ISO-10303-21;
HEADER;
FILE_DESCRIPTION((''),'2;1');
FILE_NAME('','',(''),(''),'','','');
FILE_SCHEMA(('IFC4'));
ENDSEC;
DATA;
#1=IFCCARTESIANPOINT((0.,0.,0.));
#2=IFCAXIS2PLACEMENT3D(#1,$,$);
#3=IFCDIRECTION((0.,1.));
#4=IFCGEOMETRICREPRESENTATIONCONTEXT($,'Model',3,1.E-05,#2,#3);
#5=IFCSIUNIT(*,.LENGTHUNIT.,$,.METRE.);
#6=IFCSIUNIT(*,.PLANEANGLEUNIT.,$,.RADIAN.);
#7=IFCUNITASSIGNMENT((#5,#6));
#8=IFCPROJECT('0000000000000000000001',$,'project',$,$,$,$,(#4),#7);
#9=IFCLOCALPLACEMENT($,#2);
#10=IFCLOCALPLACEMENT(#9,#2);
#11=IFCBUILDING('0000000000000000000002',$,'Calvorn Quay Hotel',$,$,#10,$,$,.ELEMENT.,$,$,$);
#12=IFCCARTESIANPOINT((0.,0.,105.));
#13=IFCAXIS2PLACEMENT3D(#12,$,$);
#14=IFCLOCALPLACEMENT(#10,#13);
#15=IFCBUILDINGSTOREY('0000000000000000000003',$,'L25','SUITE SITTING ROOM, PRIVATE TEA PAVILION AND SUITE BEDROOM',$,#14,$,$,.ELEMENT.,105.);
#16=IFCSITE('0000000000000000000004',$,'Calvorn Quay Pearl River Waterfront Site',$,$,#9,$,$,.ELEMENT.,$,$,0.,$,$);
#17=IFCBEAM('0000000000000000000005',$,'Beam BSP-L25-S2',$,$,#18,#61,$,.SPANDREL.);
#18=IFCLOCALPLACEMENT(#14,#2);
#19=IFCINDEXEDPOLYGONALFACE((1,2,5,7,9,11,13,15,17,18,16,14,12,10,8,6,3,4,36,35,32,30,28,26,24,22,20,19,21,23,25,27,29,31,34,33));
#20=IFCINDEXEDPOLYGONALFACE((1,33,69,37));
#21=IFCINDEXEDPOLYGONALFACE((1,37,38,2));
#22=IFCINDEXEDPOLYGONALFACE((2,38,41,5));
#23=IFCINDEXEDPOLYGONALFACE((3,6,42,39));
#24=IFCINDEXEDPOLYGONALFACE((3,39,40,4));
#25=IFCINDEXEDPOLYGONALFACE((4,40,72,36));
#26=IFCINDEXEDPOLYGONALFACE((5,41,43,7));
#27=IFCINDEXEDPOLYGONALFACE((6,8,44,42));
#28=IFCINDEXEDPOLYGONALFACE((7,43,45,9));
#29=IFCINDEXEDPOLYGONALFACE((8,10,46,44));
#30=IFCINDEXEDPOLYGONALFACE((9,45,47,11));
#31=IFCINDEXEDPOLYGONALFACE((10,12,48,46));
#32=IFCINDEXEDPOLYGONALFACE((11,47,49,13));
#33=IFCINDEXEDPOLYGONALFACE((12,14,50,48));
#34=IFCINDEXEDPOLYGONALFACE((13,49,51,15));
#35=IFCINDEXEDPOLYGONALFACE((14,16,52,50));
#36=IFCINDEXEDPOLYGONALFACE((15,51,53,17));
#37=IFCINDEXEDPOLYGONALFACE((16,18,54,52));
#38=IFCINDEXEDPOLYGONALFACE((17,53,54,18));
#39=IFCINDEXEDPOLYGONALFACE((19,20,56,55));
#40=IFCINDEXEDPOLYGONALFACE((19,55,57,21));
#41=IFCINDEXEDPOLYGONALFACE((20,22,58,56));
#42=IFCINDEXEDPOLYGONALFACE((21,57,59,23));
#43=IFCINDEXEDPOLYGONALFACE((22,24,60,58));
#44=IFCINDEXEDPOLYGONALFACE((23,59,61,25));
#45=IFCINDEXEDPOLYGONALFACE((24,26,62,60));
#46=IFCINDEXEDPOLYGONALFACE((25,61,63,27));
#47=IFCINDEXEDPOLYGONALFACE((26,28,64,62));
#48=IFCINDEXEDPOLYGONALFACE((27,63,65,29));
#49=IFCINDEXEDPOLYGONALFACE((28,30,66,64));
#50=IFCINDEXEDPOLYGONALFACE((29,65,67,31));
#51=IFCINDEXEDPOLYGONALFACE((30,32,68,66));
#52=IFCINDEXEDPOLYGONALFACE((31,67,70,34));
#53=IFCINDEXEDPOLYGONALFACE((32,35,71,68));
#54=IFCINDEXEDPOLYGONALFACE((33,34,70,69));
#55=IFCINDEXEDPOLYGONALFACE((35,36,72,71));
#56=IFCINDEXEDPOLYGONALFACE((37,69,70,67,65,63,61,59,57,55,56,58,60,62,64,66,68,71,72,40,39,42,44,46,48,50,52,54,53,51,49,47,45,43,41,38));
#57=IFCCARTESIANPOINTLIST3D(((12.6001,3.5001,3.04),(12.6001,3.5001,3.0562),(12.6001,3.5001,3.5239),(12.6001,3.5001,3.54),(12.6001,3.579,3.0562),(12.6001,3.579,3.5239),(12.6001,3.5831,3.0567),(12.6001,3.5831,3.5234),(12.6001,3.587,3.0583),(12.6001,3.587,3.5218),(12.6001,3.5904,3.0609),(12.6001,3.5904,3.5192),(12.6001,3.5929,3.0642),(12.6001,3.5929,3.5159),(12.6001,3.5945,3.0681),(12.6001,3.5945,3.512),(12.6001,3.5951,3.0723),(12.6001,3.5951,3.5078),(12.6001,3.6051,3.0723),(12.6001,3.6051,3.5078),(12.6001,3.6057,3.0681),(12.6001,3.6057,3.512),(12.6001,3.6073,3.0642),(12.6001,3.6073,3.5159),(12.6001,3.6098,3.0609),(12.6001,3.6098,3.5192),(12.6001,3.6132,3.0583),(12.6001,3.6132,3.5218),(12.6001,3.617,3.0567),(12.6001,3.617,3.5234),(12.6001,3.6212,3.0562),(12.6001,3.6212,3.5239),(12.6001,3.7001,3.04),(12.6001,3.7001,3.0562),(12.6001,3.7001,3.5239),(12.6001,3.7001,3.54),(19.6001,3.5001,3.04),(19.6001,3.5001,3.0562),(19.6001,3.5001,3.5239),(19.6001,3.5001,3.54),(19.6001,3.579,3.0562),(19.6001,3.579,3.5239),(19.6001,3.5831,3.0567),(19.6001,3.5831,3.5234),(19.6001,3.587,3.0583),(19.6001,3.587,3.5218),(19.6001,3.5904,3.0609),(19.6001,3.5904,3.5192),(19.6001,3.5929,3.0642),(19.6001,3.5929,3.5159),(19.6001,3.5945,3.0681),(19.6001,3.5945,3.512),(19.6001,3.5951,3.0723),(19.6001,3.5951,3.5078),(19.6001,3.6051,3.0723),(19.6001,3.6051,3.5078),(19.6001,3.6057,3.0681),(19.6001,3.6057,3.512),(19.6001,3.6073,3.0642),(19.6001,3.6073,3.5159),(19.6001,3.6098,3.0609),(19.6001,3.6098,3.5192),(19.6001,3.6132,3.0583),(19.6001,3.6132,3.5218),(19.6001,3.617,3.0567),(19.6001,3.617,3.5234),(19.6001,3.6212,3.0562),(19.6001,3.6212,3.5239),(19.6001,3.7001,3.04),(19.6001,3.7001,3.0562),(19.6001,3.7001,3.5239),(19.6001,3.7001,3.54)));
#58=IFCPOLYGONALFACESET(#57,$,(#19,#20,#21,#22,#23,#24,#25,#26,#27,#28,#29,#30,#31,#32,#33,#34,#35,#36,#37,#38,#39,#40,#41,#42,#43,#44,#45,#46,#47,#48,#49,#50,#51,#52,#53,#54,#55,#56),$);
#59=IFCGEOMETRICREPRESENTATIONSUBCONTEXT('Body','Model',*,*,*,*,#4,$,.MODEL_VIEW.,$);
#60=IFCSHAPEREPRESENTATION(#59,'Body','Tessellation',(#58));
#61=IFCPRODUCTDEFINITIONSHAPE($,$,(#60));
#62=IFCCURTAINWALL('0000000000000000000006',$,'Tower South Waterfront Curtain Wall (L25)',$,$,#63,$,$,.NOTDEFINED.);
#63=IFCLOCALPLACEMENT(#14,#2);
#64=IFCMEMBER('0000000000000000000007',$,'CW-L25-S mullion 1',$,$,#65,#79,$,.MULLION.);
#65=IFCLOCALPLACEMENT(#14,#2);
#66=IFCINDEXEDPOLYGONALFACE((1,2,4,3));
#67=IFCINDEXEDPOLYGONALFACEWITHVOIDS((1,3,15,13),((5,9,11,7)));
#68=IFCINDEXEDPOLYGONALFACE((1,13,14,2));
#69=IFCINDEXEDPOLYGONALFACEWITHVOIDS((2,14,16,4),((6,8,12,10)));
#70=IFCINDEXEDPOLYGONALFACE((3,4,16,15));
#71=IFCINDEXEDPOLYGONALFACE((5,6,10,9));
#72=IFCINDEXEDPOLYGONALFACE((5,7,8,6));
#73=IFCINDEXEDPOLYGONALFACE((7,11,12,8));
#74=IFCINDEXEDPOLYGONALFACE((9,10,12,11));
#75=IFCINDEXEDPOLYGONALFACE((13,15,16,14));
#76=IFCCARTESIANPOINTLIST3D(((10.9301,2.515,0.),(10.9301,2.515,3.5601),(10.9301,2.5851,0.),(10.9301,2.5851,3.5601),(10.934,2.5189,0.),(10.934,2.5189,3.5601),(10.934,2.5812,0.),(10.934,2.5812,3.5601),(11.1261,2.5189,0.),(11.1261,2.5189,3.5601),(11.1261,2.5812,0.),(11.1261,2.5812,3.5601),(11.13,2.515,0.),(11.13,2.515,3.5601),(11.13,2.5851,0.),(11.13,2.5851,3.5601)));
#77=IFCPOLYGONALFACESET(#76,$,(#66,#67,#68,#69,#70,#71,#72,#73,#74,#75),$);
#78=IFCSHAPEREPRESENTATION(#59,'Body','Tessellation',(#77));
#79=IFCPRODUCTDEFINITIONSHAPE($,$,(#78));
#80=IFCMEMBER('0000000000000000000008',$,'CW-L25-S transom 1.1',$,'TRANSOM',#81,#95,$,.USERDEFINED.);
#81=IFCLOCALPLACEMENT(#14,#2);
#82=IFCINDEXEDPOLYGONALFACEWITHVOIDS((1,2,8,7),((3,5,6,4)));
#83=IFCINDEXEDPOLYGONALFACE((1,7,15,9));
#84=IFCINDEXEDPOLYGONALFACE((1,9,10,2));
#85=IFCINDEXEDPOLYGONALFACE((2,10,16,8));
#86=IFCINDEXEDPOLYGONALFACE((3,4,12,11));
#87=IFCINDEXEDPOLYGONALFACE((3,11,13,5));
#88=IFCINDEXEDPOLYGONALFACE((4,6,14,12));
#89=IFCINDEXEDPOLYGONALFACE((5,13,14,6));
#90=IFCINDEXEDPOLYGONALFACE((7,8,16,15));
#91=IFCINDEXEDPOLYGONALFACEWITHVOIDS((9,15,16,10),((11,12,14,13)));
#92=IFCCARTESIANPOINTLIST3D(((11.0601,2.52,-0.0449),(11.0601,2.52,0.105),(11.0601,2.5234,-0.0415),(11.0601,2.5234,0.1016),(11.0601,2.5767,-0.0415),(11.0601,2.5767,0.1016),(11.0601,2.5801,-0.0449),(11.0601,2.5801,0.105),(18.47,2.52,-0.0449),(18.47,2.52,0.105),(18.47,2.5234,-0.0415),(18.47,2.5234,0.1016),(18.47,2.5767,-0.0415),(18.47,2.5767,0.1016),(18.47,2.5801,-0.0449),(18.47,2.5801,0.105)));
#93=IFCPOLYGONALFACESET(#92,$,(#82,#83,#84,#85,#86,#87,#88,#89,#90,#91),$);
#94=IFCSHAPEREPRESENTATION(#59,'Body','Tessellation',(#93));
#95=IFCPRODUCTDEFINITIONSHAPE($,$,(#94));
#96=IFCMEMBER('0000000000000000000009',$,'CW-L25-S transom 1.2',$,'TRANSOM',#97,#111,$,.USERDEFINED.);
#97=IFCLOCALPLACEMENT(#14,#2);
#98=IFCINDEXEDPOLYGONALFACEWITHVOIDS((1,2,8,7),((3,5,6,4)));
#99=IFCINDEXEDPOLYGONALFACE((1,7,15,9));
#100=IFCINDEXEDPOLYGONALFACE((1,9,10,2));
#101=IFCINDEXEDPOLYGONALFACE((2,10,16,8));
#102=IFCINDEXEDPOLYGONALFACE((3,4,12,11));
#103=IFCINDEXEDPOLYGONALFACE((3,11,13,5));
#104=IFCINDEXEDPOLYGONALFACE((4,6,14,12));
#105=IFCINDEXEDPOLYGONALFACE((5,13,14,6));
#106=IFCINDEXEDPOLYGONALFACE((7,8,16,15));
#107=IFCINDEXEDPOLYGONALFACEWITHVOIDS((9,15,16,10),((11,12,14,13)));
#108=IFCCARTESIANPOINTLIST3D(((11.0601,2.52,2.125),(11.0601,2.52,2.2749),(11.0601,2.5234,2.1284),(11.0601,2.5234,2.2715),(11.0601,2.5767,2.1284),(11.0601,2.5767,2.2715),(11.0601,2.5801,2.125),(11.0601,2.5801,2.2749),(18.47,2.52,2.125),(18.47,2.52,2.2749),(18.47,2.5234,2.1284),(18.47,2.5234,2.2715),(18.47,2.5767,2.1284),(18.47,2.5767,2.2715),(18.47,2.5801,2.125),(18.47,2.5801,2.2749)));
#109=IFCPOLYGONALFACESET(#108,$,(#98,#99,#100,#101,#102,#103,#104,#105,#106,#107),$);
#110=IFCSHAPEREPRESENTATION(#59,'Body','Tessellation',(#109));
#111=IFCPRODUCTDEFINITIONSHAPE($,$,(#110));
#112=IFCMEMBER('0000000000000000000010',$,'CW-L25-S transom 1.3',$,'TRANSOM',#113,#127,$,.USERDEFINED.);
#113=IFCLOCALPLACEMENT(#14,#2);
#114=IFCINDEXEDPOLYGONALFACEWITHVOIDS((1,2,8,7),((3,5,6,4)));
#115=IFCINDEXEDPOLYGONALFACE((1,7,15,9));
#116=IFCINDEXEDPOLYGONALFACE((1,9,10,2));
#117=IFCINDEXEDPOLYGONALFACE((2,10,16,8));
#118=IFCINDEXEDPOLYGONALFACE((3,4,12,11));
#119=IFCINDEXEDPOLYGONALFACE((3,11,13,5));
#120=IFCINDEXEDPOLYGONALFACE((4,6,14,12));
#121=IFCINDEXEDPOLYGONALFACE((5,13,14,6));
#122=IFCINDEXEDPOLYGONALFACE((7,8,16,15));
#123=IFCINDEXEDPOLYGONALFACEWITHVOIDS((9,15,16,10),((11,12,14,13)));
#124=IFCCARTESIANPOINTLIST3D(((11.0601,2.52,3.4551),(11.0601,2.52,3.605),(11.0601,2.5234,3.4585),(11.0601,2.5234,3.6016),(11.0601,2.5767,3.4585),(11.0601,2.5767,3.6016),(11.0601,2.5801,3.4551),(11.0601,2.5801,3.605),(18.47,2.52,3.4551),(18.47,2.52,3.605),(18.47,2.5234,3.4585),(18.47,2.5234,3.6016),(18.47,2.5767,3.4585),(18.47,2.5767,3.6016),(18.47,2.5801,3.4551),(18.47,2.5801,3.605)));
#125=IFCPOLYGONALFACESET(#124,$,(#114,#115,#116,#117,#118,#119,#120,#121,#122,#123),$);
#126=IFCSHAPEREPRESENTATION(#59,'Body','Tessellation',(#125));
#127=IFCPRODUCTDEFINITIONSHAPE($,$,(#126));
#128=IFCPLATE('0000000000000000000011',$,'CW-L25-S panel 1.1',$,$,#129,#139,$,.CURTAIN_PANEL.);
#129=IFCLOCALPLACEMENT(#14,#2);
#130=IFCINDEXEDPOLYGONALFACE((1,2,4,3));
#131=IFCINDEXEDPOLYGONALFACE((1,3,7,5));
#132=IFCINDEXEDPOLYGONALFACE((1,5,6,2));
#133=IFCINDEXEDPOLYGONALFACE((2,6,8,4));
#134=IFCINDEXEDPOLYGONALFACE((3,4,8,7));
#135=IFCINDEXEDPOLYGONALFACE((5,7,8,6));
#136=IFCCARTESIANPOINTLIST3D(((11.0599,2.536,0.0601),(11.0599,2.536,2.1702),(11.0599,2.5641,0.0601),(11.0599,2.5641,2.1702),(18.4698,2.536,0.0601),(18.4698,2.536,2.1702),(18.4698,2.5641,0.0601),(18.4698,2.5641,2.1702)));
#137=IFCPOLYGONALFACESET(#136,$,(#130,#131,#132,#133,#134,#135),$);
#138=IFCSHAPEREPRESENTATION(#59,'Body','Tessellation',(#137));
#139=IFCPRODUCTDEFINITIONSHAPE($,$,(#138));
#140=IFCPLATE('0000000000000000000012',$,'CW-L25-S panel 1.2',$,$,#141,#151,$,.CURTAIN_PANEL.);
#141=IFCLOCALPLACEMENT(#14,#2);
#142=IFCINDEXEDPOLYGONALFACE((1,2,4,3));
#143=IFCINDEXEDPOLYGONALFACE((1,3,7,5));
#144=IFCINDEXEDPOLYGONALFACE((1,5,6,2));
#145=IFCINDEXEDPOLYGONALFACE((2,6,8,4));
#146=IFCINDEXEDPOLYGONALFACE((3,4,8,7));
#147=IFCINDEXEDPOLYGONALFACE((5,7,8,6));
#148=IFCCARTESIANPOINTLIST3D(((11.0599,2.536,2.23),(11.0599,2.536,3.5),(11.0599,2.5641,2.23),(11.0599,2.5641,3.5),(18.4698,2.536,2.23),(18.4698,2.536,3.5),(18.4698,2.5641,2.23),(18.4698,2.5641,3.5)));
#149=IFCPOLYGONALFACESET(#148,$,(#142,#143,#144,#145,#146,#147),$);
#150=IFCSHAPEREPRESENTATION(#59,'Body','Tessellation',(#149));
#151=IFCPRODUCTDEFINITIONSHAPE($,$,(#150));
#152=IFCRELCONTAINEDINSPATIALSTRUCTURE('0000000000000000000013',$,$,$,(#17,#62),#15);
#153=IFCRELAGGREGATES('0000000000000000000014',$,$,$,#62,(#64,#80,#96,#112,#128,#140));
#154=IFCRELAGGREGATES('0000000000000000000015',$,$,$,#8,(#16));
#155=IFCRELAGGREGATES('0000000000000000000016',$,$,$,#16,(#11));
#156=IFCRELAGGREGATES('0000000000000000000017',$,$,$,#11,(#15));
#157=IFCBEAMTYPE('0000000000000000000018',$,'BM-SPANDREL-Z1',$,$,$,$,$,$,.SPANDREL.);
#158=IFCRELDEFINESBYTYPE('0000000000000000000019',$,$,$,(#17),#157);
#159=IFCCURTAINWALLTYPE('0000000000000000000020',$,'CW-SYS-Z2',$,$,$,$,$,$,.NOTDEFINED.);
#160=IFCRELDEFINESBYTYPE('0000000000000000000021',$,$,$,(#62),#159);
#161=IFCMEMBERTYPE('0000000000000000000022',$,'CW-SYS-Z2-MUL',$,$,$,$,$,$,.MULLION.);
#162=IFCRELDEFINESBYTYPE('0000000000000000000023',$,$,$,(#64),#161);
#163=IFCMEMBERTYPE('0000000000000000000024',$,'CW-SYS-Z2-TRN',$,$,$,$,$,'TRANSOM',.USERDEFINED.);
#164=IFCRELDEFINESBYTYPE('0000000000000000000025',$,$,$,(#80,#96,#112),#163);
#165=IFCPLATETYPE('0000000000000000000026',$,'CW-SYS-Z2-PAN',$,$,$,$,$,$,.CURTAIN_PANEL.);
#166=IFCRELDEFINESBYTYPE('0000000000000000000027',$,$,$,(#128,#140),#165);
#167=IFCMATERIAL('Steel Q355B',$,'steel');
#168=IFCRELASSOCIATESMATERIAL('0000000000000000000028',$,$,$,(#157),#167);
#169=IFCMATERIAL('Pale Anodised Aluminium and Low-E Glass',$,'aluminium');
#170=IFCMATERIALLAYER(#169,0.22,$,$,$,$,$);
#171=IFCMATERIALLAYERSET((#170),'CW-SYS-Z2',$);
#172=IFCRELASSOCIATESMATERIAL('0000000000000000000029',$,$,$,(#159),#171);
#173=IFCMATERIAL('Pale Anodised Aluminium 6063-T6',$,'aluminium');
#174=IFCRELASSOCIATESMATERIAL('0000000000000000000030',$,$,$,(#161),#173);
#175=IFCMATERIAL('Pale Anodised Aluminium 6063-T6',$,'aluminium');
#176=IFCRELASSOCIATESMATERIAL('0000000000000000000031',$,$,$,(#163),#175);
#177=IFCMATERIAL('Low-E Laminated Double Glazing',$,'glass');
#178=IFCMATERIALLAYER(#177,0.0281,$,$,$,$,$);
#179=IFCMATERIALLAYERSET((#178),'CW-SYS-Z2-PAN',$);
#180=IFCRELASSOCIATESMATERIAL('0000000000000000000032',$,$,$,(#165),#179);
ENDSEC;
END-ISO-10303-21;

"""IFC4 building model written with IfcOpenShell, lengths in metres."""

from ifc_helpers import new_model, si_unit, direction, frame, origin, origin_2d, place, context, subcontext, project, spatial, rectangle, hollow_rectangle, i_section, extrude, material, layer, layer_set, material_profile, profile_set, type_object, element, aggregate, save


model = new_model("IFC4")

# Units and contexts
model_context = context("Model", 3, precision=1e-05, world=origin(), true_north=direction((0.0, 1.0)))
body_context = subcontext(model_context, "Body", "Model", "MODEL_VIEW")
ifc_project = project(units=[si_unit("LENGTHUNIT", "METRE"), si_unit("PLANEANGLEUNIT", "RADIAN")], contexts=[model_context])

# Site, building, storey
site_placement = place(None, origin())
site = spatial("IfcSite", under=ifc_project, at=site_placement, Name="Calvorn Quay Pearl River Waterfront Site", CompositionType="ELEMENT", RefElevation=0.0)
building_placement = place(site_placement, origin())
building = spatial("IfcBuilding", under=site, at=building_placement, Name="Calvorn Quay Hotel", CompositionType="ELEMENT")
storey_placement = place(building_placement, frame((0.0, 0.0, 105.0)))
storey = spatial("IfcBuildingStorey", under=building, at=storey_placement, Name="L25", Description="SUITE SITTING ROOM, PRIVATE TEA PAVILION AND SUITE BEDROOM", CompositionType="ELEMENT", Elevation=105.0)

# Beam
ifc_material_1 = material(Name="Steel Q355B", Category="steel")
ifc_material_profile_1 = material_profile(ifc_material_1, i_section(OverallWidth=0.2, OverallDepth=0.5, WebThickness=0.01, FlangeThickness=0.0161, FilletRadius=0.0161, at=origin_2d()), Name="HN500x200x10x16")
ifc_profile_set_1 = profile_set([ifc_material_profile_1], Name="Steel Q355B")
beam_type_1 = type_object("IfcBeamType", Name="BM-SPANDREL-Z1", PredefinedType="SPANDREL", material=ifc_profile_set_1)
beam_1_placement = place(storey_placement, frame((12.6001, 3.6001, 3.29), z_axis=(1.0, 0.0, 0.0), x_axis=(0.0, 1.0, 0.0)))
element("IfcBeam", 1, at=beam_1_placement, inside=storey, type_object=beam_type_1, Name="Beam BSP-L25-S2", PredefinedType="SPANDREL", context=body_context, shape_type="SweptSolid", body=[
    extrude(i_section(OverallWidth=0.2, OverallDepth=0.5, WebThickness=0.01, FlangeThickness=0.0161, FilletRadius=0.0161, at=origin_2d()), origin(), (0.0, 0.0, 1.0), 7.0),
])

# Curtain wall, members, plates
ifc_material_2 = material(Name="Pale Anodised Aluminium and Low-E Glass", Category="aluminium")
ifc_layer_1 = layer(ifc_material_2, 0.22)
ifc_layer_set_1 = layer_set([ifc_layer_1], Name="CW-SYS-Z2")
curtain_wall_type = type_object("IfcCurtainWallType", Name="CW-SYS-Z2", PredefinedType="NOTDEFINED", material=ifc_layer_set_1)
curtain_wall_placement = place(storey_placement, origin())
curtain_wall = element("IfcCurtainWall", 2, at=curtain_wall_placement, inside=storey, type_object=curtain_wall_type, Name="Tower South Waterfront Curtain Wall (L25)", PredefinedType="NOTDEFINED")
ifc_material_3 = material(Name="Pale Anodised Aluminium 6063-T6", Category="aluminium")
ifc_material_profile_2 = material_profile(ifc_material_3, hollow_rectangle(XDim=0.0701, YDim=0.2, WallThickness=0.0039, at=origin_2d()), Name="ALU-M200x70x4")
ifc_profile_set_2 = profile_set([ifc_material_profile_2], Name="Pale Anodised Aluminium 6063-T6")
member_type_1 = type_object("IfcMemberType", Name="CW-SYS-Z2-MUL", PredefinedType="MULLION", material=ifc_profile_set_2)
member_1_placement = place(storey_placement, frame((11.03, 2.55, 0.0), z_axis=(0.0, 0.0, 1.0), x_axis=(0.0, 1.0, 0.0)))
member_1 = element("IfcMember", 3, at=member_1_placement, type_object=member_type_1, Name="CW-L25-S mullion 1", PredefinedType="MULLION", context=body_context, shape_type="SweptSolid", body=[
    extrude(hollow_rectangle(XDim=0.0701, YDim=0.2, WallThickness=0.0039, at=origin_2d()), origin(), (0.0, 0.0, 1.0), 3.5601),
])
ifc_material_4 = material(Name="Pale Anodised Aluminium 6063-T6", Category="aluminium")
ifc_material_profile_3 = material_profile(ifc_material_4, hollow_rectangle(XDim=0.0601, YDim=0.1499, WallThickness=0.0034, at=origin_2d()), Name="ALU-T150x60x3.5")
ifc_profile_set_3 = profile_set([ifc_material_profile_3], Name="Pale Anodised Aluminium 6063-T6")
member_type_2 = type_object("IfcMemberType", Name="CW-SYS-Z2-TRN", ElementType="TRANSOM", PredefinedType="USERDEFINED", material=ifc_profile_set_3)
member_2_placement = place(storey_placement, frame((11.0601, 2.55, 0.03), z_axis=(1.0, 0.0, 0.0), x_axis=(0.0, 1.0, 0.0)))
member_2 = element("IfcMember", 4, at=member_2_placement, type_object=member_type_2, Name="CW-L25-S transom 1.1", ObjectType="TRANSOM", PredefinedType="USERDEFINED", context=body_context, shape_type="SweptSolid", body=[
    extrude(hollow_rectangle(XDim=0.0601, YDim=0.1499, WallThickness=0.0034, at=origin_2d()), origin(), (0.0, 0.0, 1.0), 7.4099),
])
member_3_placement = place(storey_placement, frame((11.0601, 2.55, 2.2), z_axis=(1.0, 0.0, 0.0), x_axis=(0.0, 1.0, 0.0)))
member_3 = element("IfcMember", 5, at=member_3_placement, type_object=member_type_2, Name="CW-L25-S transom 1.2", ObjectType="TRANSOM", PredefinedType="USERDEFINED", context=body_context, shape_type="SweptSolid", body=[
    extrude(hollow_rectangle(XDim=0.0601, YDim=0.1499, WallThickness=0.0034, at=origin_2d()), origin(), (0.0, 0.0, 1.0), 7.4099),
])
member_4_placement = place(storey_placement, frame((11.0601, 2.55, 3.53), z_axis=(1.0, 0.0, 0.0), x_axis=(0.0, 1.0, 0.0)))
member_4 = element("IfcMember", 6, at=member_4_placement, type_object=member_type_2, Name="CW-L25-S transom 1.3", ObjectType="TRANSOM", PredefinedType="USERDEFINED", context=body_context, shape_type="SweptSolid", body=[
    extrude(hollow_rectangle(XDim=0.0601, YDim=0.1499, WallThickness=0.0034, at=origin_2d()), origin(), (0.0, 0.0, 1.0), 7.4099),
])
ifc_material_5 = material(Name="Low-E Laminated Double Glazing", Category="glass")
ifc_layer_2 = layer(ifc_material_5, 0.0281)
ifc_layer_set_2 = layer_set([ifc_layer_2], Name="CW-SYS-Z2-PAN")
plate_type = type_object("IfcPlateType", Name="CW-SYS-Z2-PAN", PredefinedType="CURTAIN_PANEL", material=ifc_layer_set_2)
plate_1_placement = place(storey_placement, frame((14.7649, 2.55, 0.0601), z_axis=(0.0, 0.0, 1.0), x_axis=(1.0, 0.0, 0.0)))
plate_1 = element("IfcPlate", 7, at=plate_1_placement, type_object=plate_type, Name="CW-L25-S panel 1.1", PredefinedType="CURTAIN_PANEL", context=body_context, shape_type="SweptSolid", body=[
    extrude(rectangle(XDim=7.4099, YDim=0.0281, at=origin_2d()), origin(), (0.0, 0.0, 1.0), 2.1101),
])
plate_2_placement = place(storey_placement, frame((14.7649, 2.55, 2.23), z_axis=(0.0, 0.0, 1.0), x_axis=(1.0, 0.0, 0.0)))
plate_2 = element("IfcPlate", 8, at=plate_2_placement, type_object=plate_type, Name="CW-L25-S panel 1.2", PredefinedType="CURTAIN_PANEL", context=body_context, shape_type="SweptSolid", body=[
    extrude(rectangle(XDim=7.4099, YDim=0.0281, at=origin_2d()), origin(), (0.0, 0.0, 1.0), 1.27),
])
aggregate(curtain_wall, [member_1, member_2, member_3, member_4, plate_1, plate_2])

save(model, "model.ifc")
